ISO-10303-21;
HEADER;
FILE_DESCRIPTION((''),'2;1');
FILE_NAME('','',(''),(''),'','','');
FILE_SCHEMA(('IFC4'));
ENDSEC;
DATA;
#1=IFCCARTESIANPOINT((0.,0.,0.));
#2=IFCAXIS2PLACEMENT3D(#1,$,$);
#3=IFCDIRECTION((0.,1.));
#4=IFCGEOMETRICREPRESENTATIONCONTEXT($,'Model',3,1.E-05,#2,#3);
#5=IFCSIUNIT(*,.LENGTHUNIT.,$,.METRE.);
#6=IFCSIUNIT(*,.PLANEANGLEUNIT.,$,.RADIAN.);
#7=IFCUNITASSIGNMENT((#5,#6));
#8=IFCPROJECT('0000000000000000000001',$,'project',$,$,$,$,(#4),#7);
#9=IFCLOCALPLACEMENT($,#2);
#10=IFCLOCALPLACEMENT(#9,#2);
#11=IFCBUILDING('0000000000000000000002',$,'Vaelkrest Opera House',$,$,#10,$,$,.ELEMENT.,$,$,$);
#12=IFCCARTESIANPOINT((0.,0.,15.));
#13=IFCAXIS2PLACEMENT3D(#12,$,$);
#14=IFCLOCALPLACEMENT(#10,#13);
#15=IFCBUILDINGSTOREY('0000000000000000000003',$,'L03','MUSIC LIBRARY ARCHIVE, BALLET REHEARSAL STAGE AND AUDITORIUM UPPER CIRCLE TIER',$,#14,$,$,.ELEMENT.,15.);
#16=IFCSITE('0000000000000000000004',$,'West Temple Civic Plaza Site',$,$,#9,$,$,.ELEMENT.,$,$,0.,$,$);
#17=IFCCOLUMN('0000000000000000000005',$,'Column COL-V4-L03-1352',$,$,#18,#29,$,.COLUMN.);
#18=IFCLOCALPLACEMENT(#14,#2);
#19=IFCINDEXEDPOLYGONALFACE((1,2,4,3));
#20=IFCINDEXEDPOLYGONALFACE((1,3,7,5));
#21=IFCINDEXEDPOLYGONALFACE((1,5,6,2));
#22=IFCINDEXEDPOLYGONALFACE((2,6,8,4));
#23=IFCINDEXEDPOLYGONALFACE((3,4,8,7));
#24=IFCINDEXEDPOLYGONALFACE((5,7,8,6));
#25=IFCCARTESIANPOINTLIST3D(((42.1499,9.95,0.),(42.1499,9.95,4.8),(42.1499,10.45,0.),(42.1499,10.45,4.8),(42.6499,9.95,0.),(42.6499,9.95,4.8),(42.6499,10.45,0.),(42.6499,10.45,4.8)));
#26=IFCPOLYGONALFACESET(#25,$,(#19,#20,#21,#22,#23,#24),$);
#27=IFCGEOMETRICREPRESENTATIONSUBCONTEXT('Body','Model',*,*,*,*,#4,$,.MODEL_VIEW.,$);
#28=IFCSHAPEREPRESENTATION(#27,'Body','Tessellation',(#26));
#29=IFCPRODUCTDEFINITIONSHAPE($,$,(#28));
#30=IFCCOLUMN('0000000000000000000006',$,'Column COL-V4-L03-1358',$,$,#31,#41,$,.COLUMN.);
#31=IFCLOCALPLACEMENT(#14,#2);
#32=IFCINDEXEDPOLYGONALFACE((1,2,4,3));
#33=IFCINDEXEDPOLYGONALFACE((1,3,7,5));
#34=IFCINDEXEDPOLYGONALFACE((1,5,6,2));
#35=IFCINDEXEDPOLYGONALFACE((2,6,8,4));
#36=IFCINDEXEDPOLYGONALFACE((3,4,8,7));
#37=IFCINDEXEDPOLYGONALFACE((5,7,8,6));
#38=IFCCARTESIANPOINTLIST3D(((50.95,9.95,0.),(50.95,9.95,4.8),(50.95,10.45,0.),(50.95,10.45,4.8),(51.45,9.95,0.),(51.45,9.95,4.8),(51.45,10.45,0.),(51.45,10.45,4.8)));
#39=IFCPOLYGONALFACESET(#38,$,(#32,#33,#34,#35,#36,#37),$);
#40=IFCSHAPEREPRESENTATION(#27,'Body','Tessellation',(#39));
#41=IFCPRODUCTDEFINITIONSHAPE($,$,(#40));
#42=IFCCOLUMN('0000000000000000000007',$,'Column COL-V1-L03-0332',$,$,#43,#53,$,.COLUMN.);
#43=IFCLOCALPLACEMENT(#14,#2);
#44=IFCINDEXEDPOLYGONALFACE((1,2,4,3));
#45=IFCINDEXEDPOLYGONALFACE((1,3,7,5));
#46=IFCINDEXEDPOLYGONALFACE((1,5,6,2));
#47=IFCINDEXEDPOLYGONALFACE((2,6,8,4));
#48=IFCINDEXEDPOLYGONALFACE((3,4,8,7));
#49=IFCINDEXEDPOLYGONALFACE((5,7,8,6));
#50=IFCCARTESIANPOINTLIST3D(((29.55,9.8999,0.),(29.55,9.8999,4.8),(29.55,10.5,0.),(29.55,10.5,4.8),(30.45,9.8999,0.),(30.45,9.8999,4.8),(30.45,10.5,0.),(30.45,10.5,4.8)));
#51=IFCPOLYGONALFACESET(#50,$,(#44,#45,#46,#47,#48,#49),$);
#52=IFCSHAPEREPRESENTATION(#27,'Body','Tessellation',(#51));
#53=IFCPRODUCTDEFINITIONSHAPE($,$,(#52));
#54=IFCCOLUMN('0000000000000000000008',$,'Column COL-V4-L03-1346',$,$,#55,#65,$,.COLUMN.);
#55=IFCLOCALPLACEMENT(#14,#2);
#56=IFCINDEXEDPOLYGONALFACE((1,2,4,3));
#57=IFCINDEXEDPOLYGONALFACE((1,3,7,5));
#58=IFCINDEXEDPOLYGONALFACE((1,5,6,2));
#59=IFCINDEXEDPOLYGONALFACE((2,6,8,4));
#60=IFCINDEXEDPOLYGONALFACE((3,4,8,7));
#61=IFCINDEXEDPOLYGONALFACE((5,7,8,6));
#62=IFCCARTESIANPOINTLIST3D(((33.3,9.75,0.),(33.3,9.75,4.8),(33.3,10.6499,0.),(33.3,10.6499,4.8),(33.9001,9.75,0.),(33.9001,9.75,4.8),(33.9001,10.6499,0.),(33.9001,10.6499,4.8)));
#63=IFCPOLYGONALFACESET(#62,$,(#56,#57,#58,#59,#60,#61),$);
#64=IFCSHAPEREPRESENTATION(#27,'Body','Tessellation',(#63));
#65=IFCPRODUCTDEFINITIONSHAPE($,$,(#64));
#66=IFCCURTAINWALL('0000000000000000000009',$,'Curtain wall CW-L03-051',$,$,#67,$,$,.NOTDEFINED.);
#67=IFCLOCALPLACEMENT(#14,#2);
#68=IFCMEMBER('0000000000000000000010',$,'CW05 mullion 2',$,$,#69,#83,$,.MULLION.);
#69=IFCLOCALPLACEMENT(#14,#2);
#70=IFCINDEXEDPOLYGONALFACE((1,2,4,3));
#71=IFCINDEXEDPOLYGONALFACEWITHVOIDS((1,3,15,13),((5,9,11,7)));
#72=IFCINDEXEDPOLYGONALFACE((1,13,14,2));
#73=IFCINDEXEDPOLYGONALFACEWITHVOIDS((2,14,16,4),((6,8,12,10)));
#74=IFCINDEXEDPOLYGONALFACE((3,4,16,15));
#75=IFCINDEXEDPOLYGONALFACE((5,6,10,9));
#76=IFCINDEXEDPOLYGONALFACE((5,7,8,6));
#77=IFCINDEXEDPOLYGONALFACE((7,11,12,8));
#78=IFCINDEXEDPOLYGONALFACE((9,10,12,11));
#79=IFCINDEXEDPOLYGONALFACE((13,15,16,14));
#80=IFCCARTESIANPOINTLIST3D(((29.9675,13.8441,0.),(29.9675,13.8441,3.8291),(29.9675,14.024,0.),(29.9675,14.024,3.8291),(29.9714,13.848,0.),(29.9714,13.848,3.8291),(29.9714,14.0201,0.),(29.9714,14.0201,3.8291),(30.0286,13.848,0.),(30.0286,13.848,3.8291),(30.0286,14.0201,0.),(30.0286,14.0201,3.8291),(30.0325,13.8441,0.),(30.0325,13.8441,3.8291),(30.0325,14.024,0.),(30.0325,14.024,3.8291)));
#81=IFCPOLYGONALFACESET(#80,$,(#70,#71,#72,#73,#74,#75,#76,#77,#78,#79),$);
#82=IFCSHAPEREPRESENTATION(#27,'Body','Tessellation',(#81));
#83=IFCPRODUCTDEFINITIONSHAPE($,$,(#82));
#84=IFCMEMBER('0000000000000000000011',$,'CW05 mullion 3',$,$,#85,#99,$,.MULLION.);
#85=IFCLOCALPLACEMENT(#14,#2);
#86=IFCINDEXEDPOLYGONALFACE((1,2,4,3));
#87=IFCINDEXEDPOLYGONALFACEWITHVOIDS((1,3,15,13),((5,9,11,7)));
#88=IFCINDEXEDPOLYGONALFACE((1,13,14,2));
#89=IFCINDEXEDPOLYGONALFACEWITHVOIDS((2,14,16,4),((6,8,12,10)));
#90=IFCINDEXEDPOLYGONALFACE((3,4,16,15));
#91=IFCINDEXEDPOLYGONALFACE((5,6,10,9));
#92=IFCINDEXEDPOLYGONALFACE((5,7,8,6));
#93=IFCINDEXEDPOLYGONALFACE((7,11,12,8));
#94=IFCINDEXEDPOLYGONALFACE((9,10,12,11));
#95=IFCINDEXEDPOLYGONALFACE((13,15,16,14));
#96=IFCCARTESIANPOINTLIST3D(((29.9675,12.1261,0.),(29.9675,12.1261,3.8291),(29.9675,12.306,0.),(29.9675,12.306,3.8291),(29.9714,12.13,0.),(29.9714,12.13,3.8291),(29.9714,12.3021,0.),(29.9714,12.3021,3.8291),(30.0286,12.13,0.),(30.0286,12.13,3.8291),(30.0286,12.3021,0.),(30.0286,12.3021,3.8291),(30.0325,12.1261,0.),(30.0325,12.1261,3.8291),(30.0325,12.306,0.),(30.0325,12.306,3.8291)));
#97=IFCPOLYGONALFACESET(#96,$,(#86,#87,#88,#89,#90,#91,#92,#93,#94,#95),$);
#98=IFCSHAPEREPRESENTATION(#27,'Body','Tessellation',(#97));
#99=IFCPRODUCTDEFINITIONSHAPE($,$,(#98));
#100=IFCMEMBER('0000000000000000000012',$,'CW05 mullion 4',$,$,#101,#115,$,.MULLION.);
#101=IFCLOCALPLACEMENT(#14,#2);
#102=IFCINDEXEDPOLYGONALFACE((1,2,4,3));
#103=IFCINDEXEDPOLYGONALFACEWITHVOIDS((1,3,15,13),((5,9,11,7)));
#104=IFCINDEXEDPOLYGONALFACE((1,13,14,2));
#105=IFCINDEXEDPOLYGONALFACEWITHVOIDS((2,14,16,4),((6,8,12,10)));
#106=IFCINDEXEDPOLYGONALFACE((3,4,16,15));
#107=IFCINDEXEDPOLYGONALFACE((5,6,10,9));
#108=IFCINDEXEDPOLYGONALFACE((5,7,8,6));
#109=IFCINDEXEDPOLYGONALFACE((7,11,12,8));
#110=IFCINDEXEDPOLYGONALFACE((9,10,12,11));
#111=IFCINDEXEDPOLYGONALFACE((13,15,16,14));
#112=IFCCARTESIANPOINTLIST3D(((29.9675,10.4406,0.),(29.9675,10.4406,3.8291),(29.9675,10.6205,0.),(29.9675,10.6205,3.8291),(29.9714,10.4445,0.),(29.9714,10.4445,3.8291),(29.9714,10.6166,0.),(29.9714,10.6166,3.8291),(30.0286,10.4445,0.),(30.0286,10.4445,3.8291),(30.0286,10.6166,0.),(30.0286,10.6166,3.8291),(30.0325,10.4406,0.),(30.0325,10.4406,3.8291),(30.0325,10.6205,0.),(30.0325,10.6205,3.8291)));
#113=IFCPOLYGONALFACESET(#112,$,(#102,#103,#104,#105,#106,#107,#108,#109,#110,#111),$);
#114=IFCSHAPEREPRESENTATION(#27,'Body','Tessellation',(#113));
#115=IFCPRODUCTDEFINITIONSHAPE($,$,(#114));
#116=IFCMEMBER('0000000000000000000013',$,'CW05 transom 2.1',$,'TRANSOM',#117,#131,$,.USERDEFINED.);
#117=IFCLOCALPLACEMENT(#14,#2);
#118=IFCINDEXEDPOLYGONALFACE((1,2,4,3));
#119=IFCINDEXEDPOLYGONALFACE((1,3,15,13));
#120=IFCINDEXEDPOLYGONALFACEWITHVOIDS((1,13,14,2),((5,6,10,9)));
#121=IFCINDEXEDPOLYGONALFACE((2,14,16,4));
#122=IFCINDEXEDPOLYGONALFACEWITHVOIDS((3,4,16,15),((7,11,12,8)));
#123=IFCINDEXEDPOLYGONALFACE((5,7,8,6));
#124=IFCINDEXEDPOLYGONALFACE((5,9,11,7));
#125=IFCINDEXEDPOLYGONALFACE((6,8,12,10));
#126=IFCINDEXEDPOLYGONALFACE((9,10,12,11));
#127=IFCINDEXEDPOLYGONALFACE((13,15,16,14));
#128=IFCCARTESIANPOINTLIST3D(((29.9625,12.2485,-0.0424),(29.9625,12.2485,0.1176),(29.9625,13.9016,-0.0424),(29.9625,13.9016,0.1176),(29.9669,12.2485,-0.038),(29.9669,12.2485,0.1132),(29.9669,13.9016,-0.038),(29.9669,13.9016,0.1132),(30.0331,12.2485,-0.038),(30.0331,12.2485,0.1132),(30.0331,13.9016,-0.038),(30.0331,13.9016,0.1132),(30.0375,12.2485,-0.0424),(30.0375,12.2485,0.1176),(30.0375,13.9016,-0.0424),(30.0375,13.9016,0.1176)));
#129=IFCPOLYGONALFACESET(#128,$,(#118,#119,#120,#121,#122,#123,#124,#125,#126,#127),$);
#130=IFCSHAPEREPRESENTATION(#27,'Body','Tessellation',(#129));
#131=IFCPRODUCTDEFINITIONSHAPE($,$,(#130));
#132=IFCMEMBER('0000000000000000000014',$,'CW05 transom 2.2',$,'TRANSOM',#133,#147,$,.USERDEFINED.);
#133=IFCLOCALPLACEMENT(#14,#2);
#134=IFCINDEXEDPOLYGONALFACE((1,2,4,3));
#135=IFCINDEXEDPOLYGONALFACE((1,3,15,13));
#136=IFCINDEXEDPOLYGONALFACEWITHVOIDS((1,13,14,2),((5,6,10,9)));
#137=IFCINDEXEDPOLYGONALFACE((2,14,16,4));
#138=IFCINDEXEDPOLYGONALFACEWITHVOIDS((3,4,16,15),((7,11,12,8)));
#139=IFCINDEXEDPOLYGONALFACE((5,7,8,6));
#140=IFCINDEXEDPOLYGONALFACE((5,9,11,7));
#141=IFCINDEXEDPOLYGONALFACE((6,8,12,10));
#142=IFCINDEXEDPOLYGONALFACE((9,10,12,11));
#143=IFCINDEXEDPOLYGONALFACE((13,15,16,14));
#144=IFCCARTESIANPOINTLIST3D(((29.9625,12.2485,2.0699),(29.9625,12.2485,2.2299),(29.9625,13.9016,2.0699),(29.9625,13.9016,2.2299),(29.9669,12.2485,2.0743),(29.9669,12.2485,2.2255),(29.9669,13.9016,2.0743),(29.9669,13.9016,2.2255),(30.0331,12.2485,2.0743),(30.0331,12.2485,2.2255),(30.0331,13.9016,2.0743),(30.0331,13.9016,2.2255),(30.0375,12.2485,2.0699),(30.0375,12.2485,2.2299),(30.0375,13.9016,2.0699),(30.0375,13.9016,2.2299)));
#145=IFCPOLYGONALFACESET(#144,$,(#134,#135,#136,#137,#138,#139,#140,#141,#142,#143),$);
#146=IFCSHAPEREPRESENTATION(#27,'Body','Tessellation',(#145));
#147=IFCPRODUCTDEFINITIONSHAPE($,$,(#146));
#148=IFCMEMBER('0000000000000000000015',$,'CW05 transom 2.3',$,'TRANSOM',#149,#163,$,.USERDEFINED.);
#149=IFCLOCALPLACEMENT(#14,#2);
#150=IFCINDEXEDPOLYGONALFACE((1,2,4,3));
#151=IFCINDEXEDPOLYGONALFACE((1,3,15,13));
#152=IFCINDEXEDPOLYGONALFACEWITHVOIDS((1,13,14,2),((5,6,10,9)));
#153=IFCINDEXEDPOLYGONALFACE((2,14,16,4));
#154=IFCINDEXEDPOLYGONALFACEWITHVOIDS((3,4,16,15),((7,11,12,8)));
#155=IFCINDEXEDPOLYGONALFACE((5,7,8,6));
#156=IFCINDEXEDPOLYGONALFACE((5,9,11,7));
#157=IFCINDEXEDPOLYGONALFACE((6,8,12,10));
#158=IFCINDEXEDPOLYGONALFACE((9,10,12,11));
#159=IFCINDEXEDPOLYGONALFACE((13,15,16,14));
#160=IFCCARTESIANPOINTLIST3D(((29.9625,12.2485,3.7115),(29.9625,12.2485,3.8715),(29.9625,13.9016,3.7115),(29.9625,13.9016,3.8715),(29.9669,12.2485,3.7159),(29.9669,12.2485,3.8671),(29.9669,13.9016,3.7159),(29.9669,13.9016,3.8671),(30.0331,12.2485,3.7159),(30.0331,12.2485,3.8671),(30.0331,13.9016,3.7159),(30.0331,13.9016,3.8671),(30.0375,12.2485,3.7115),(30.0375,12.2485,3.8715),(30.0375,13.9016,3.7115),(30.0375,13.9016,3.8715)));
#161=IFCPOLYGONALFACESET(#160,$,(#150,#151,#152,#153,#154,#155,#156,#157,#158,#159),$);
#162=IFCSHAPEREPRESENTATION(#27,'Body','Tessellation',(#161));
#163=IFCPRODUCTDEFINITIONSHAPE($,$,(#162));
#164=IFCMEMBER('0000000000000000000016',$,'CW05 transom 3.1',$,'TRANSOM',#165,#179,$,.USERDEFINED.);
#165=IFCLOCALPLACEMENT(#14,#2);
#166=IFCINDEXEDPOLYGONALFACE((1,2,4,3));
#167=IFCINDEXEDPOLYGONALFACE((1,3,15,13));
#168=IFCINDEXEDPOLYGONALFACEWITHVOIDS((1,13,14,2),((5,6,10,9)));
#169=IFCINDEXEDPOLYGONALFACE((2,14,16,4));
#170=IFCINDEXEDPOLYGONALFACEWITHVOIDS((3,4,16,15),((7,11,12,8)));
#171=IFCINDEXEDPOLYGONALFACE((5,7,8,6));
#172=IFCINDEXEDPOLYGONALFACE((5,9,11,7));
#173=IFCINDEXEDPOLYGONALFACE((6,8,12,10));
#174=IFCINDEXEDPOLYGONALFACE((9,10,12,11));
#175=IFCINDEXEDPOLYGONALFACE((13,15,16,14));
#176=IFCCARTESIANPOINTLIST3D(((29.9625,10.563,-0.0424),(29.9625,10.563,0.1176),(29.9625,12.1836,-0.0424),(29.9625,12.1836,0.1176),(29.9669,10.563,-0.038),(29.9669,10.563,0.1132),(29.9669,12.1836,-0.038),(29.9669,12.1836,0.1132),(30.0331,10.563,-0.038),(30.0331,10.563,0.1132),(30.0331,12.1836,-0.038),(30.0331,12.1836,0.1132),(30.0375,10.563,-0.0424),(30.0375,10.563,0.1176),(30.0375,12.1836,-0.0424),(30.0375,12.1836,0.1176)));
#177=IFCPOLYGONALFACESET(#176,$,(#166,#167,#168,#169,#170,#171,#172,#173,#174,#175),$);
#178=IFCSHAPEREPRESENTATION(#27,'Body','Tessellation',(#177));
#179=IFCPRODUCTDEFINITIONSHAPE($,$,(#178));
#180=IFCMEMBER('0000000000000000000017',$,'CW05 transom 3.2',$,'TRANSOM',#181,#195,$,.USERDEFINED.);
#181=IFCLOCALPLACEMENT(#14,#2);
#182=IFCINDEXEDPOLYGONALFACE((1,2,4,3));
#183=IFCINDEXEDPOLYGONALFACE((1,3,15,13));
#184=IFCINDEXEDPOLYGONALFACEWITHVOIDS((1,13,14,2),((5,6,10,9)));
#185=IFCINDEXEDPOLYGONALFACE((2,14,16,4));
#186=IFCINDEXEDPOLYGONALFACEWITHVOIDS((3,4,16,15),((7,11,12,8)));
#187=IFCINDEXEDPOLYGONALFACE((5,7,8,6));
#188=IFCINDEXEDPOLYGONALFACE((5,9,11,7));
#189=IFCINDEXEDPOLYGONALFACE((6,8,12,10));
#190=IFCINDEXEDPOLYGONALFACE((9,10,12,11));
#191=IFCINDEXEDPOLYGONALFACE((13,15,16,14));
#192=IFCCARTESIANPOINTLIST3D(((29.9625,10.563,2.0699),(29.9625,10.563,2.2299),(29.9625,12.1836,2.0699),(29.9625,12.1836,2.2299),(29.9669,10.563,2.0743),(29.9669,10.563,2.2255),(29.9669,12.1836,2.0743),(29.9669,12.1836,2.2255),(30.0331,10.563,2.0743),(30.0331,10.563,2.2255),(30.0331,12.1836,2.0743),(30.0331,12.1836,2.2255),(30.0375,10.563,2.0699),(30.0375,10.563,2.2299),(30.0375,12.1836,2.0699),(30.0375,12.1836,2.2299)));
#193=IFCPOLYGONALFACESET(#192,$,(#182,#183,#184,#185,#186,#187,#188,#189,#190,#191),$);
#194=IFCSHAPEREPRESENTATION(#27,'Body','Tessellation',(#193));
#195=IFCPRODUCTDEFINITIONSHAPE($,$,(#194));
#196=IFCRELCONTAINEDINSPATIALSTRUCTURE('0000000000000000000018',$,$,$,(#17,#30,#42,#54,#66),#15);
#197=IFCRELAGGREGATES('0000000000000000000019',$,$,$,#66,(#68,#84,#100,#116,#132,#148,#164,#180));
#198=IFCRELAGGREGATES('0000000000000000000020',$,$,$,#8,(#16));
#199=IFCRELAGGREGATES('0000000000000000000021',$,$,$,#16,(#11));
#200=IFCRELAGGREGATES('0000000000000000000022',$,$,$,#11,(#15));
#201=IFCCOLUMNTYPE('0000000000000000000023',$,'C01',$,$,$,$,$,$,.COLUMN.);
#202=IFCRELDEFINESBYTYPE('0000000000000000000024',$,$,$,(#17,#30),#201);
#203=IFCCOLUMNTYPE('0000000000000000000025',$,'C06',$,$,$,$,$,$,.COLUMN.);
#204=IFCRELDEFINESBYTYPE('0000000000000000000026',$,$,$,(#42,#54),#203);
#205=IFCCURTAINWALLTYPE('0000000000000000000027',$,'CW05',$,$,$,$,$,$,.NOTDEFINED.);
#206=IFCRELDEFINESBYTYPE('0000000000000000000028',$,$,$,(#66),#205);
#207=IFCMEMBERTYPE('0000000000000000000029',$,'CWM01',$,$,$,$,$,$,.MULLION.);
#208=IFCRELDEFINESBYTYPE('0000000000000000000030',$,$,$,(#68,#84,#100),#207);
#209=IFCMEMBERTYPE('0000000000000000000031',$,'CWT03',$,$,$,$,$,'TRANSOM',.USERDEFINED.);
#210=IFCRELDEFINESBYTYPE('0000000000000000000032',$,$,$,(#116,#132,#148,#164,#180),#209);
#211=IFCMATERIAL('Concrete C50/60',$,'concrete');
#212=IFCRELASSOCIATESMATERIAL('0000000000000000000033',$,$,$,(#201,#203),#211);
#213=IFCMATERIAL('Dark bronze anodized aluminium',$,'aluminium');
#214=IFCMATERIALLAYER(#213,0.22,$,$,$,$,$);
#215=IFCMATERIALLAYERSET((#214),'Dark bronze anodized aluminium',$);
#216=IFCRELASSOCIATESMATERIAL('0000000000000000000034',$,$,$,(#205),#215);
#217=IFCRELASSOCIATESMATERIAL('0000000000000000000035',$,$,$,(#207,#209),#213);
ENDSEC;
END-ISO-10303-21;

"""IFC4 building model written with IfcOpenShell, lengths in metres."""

from ifc_helpers import new_model, si_unit, direction, frame, origin, origin_2d, place, context, subcontext, project, spatial, rectangle, hollow_rectangle, extrude, material, layer, layer_set, material_profile, profile_set, type_object, element, aggregate, save


model = new_model("IFC4")

# Units and contexts
model_context = context("Model", 3, precision=1e-05, world=origin(), true_north=direction((0.0, 1.0)))
body_context = subcontext(model_context, "Body", "Model", "MODEL_VIEW")
ifc_project = project(units=[si_unit("LENGTHUNIT", "METRE"), si_unit("PLANEANGLEUNIT", "RADIAN")], contexts=[model_context])

# Site, building, storey
site_placement = place(None, origin())
site = spatial("IfcSite", under=ifc_project, at=site_placement, Name="West Temple Civic Plaza Site", CompositionType="ELEMENT", RefElevation=0.0)
building_placement = place(site_placement, origin())
building = spatial("IfcBuilding", under=site, at=building_placement, Name="Vaelkrest Opera House", CompositionType="ELEMENT")
storey_placement = place(building_placement, frame((0.0, 0.0, 15.0)))
storey = spatial("IfcBuildingStorey", under=building, at=storey_placement, Name="L03", Description="MUSIC LIBRARY ARCHIVE, BALLET REHEARSAL STAGE AND AUDITORIUM UPPER CIRCLE TIER", CompositionType="ELEMENT", Elevation=15.0)

# Columns
ifc_material_1 = material(Name="Concrete C50/60", Category="concrete")
ifc_material_profile_1 = material_profile(ifc_material_1, rectangle(XDim=0.5, YDim=0.5, at=origin_2d()), Name="RC500X500")
ifc_profile_set_1 = profile_set([ifc_material_profile_1], Name="Concrete C50/60")
column_type_1 = type_object("IfcColumnType", Name="C01", PredefinedType="COLUMN", material=ifc_profile_set_1)
for number, where, z_axis, x_axis, name in (
    (1, (42.3999, 10.2, 0.0), (0.0, 0.0, 1.0), (1.0, 0.0, 0.0), "Column COL-V4-L03-1352"),
    (2, (51.2, 10.2, 0.0), (0.0, 0.0, 1.0), (1.0, 0.0, 0.0), "Column COL-V4-L03-1358"),
):
    element("IfcColumn", number, at=place(storey_placement, frame(where, z_axis=z_axis, x_axis=x_axis)), inside=storey, type_object=column_type_1, Name=name, PredefinedType="COLUMN", context=body_context, shape_type="SweptSolid", body=[
        extrude(rectangle(XDim=0.5, YDim=0.5, at=origin_2d()), origin(), (0.0, 0.0, 1.0), 4.8),
    ])
ifc_material_profile_2 = material_profile(ifc_material_1, rectangle(XDim=0.6001, YDim=0.8999, at=origin_2d()), Name="RC600X900")
ifc_profile_set_2 = profile_set([ifc_material_profile_2], Name="Concrete C50/60")
column_type_2 = type_object("IfcColumnType", Name="C06", PredefinedType="COLUMN", material=ifc_profile_set_2)
for number, where, z_axis, x_axis, name in (
    (3, (30.0, 10.2, 0.0), (0.0, 0.0, 1.0), (0.0, 1.0, 0.0), "Column COL-V1-L03-0332"),
    (4, (33.6001, 10.2, 0.0), (0.0, 0.0, 1.0), (1.0, 0.0, 0.0), "Column COL-V4-L03-1346"),
):
    element("IfcColumn", number, at=place(storey_placement, frame(where, z_axis=z_axis, x_axis=x_axis)), inside=storey, type_object=column_type_2, Name=name, PredefinedType="COLUMN", context=body_context, shape_type="SweptSolid", body=[
        extrude(rectangle(XDim=0.6001, YDim=0.8999, at=origin_2d()), origin(), (0.0, 0.0, 1.0), 4.8),
    ])

# Curtain wall, members
ifc_material_2 = material(Name="Dark bronze anodized aluminium", Category="aluminium")
ifc_layer_1 = layer(ifc_material_2, 0.22)
ifc_layer_set_1 = layer_set([ifc_layer_1], Name="Dark bronze anodized aluminium")
curtain_wall_type = type_object("IfcCurtainWallType", Name="CW05", PredefinedType="NOTDEFINED", material=ifc_layer_set_1)
curtain_wall_placement = place(storey_placement, origin())
curtain_wall = element("IfcCurtainWall", 5, at=curtain_wall_placement, inside=storey, type_object=curtain_wall_type, Name="Curtain wall CW-L03-051", PredefinedType="NOTDEFINED")
ifc_material_profile_3 = material_profile(ifc_material_2, hollow_rectangle(XDim=0.0649, YDim=0.1799, WallThickness=0.0039, at=origin_2d()), Name="CWM65X180")
ifc_profile_set_3 = profile_set([ifc_material_profile_3], Name="Dark bronze anodized aluminium")
member_type_1 = type_object("IfcMemberType", Name="CWM01", PredefinedType="MULLION", material=ifc_profile_set_3)
member_1_placement = place(storey_placement, frame((30.0, 13.9341, 0.0), z_axis=(0.0, 0.0, 1.0), x_axis=(1.0, 0.0, 0.0)))
member_1 = element("IfcMember", 6, at=member_1_placement, type_object=member_type_1, Name="CW05 mullion 2", PredefinedType="MULLION", context=body_context, shape_type="SweptSolid", body=[
    extrude(hollow_rectangle(XDim=0.0649, YDim=0.1799, WallThickness=0.0039, at=origin_2d()), origin(), (0.0, 0.0, 1.0), 3.8291),
])
member_2_placement = place(storey_placement, frame((30.0, 12.2161, 0.0), z_axis=(0.0, 0.0, 1.0), x_axis=(1.0, 0.0, 0.0)))
member_2 = element("IfcMember", 7, at=member_2_placement, type_object=member_type_1, Name="CW05 mullion 3", PredefinedType="MULLION", context=body_context, shape_type="SweptSolid", body=[
    extrude(hollow_rectangle(XDim=0.0649, YDim=0.1799, WallThickness=0.0039, at=origin_2d()), origin(), (0.0, 0.0, 1.0), 3.8291),
])
member_3_placement = place(storey_placement, frame((30.0, 10.5305, 0.0), z_axis=(0.0, 0.0, 1.0), x_axis=(1.0, 0.0, 0.0)))
member_3 = element("IfcMember", 8, at=member_3_placement, type_object=member_type_1, Name="CW05 mullion 4", PredefinedType="MULLION", context=body_context, shape_type="SweptSolid", body=[
    extrude(hollow_rectangle(XDim=0.0649, YDim=0.1799, WallThickness=0.0039, at=origin_2d()), origin(), (0.0, 0.0, 1.0), 3.8291),
])
ifc_material_profile_4 = material_profile(ifc_material_2, hollow_rectangle(XDim=0.075, YDim=0.1599, WallThickness=0.0044, at=origin_2d()), Name="CWT75X160")
ifc_profile_set_4 = profile_set([ifc_material_profile_4], Name="Dark bronze anodized aluminium")
member_type_2 = type_object("IfcMemberType", Name="CWT03", ElementType="TRANSOM", PredefinedType="USERDEFINED", material=ifc_profile_set_4)
member_4_placement = place(storey_placement, frame((30.0, 13.9016, 0.0376), z_axis=(0.0, -1.0, 0.0), x_axis=(1.0, 0.0, 0.0)))
member_4 = element("IfcMember", 9, at=member_4_placement, type_object=member_type_2, Name="CW05 transom 2.1", ObjectType="TRANSOM", PredefinedType="USERDEFINED", context=body_context, shape_type="SweptSolid", body=[
    extrude(hollow_rectangle(XDim=0.075, YDim=0.1599, WallThickness=0.0044, at=origin_2d()), origin(), (0.0, 0.0, 1.0), 1.6531),
])
member_5_placement = place(storey_placement, frame((30.0, 13.9016, 2.1499), z_axis=(0.0, -1.0, 0.0), x_axis=(1.0, 0.0, 0.0)))
member_5 = element("IfcMember", 10, at=member_5_placement, type_object=member_type_2, Name="CW05 transom 2.2", ObjectType="TRANSOM", PredefinedType="USERDEFINED", context=body_context, shape_type="SweptSolid", body=[
    extrude(hollow_rectangle(XDim=0.075, YDim=0.1599, WallThickness=0.0044, at=origin_2d()), origin(), (0.0, 0.0, 1.0), 1.6531),
])
member_6_placement = place(storey_placement, frame((30.0, 13.9016, 3.7915), z_axis=(0.0, -1.0, 0.0), x_axis=(1.0, 0.0, 0.0)))
member_6 = element("IfcMember", 11, at=member_6_placement, type_object=member_type_2, Name="CW05 transom 2.3", ObjectType="TRANSOM", PredefinedType="USERDEFINED", context=body_context, shape_type="SweptSolid", body=[
    extrude(hollow_rectangle(XDim=0.075, YDim=0.1599, WallThickness=0.0044, at=origin_2d()), origin(), (0.0, 0.0, 1.0), 1.6531),
])
member_7_placement = place(storey_placement, frame((30.0, 12.1836, 0.0376), z_axis=(0.0, -1.0, 0.0), x_axis=(1.0, 0.0, 0.0)))
member_7 = element("IfcMember", 12, at=member_7_placement, type_object=member_type_2, Name="CW05 transom 3.1", ObjectType="TRANSOM", PredefinedType="USERDEFINED", context=body_context, shape_type="SweptSolid", body=[
    extrude(hollow_rectangle(XDim=0.075, YDim=0.1599, WallThickness=0.0044, at=origin_2d()), origin(), (0.0, 0.0, 1.0), 1.6206),
])
member_8_placement = place(storey_placement, frame((30.0, 12.1836, 2.1499), z_axis=(0.0, -1.0, 0.0), x_axis=(1.0, 0.0, 0.0)))
member_8 = element("IfcMember", 13, at=member_8_placement, type_object=member_type_2, Name="CW05 transom 3.2", ObjectType="TRANSOM", PredefinedType="USERDEFINED", context=body_context, shape_type="SweptSolid", body=[
    extrude(hollow_rectangle(XDim=0.075, YDim=0.1599, WallThickness=0.0044, at=origin_2d()), origin(), (0.0, 0.0, 1.0), 1.6206),
])

aggregate(curtain_wall, [member_1, member_2, member_3, member_4, member_5, member_6, member_7, member_8])

save(model, "model.ifc")
